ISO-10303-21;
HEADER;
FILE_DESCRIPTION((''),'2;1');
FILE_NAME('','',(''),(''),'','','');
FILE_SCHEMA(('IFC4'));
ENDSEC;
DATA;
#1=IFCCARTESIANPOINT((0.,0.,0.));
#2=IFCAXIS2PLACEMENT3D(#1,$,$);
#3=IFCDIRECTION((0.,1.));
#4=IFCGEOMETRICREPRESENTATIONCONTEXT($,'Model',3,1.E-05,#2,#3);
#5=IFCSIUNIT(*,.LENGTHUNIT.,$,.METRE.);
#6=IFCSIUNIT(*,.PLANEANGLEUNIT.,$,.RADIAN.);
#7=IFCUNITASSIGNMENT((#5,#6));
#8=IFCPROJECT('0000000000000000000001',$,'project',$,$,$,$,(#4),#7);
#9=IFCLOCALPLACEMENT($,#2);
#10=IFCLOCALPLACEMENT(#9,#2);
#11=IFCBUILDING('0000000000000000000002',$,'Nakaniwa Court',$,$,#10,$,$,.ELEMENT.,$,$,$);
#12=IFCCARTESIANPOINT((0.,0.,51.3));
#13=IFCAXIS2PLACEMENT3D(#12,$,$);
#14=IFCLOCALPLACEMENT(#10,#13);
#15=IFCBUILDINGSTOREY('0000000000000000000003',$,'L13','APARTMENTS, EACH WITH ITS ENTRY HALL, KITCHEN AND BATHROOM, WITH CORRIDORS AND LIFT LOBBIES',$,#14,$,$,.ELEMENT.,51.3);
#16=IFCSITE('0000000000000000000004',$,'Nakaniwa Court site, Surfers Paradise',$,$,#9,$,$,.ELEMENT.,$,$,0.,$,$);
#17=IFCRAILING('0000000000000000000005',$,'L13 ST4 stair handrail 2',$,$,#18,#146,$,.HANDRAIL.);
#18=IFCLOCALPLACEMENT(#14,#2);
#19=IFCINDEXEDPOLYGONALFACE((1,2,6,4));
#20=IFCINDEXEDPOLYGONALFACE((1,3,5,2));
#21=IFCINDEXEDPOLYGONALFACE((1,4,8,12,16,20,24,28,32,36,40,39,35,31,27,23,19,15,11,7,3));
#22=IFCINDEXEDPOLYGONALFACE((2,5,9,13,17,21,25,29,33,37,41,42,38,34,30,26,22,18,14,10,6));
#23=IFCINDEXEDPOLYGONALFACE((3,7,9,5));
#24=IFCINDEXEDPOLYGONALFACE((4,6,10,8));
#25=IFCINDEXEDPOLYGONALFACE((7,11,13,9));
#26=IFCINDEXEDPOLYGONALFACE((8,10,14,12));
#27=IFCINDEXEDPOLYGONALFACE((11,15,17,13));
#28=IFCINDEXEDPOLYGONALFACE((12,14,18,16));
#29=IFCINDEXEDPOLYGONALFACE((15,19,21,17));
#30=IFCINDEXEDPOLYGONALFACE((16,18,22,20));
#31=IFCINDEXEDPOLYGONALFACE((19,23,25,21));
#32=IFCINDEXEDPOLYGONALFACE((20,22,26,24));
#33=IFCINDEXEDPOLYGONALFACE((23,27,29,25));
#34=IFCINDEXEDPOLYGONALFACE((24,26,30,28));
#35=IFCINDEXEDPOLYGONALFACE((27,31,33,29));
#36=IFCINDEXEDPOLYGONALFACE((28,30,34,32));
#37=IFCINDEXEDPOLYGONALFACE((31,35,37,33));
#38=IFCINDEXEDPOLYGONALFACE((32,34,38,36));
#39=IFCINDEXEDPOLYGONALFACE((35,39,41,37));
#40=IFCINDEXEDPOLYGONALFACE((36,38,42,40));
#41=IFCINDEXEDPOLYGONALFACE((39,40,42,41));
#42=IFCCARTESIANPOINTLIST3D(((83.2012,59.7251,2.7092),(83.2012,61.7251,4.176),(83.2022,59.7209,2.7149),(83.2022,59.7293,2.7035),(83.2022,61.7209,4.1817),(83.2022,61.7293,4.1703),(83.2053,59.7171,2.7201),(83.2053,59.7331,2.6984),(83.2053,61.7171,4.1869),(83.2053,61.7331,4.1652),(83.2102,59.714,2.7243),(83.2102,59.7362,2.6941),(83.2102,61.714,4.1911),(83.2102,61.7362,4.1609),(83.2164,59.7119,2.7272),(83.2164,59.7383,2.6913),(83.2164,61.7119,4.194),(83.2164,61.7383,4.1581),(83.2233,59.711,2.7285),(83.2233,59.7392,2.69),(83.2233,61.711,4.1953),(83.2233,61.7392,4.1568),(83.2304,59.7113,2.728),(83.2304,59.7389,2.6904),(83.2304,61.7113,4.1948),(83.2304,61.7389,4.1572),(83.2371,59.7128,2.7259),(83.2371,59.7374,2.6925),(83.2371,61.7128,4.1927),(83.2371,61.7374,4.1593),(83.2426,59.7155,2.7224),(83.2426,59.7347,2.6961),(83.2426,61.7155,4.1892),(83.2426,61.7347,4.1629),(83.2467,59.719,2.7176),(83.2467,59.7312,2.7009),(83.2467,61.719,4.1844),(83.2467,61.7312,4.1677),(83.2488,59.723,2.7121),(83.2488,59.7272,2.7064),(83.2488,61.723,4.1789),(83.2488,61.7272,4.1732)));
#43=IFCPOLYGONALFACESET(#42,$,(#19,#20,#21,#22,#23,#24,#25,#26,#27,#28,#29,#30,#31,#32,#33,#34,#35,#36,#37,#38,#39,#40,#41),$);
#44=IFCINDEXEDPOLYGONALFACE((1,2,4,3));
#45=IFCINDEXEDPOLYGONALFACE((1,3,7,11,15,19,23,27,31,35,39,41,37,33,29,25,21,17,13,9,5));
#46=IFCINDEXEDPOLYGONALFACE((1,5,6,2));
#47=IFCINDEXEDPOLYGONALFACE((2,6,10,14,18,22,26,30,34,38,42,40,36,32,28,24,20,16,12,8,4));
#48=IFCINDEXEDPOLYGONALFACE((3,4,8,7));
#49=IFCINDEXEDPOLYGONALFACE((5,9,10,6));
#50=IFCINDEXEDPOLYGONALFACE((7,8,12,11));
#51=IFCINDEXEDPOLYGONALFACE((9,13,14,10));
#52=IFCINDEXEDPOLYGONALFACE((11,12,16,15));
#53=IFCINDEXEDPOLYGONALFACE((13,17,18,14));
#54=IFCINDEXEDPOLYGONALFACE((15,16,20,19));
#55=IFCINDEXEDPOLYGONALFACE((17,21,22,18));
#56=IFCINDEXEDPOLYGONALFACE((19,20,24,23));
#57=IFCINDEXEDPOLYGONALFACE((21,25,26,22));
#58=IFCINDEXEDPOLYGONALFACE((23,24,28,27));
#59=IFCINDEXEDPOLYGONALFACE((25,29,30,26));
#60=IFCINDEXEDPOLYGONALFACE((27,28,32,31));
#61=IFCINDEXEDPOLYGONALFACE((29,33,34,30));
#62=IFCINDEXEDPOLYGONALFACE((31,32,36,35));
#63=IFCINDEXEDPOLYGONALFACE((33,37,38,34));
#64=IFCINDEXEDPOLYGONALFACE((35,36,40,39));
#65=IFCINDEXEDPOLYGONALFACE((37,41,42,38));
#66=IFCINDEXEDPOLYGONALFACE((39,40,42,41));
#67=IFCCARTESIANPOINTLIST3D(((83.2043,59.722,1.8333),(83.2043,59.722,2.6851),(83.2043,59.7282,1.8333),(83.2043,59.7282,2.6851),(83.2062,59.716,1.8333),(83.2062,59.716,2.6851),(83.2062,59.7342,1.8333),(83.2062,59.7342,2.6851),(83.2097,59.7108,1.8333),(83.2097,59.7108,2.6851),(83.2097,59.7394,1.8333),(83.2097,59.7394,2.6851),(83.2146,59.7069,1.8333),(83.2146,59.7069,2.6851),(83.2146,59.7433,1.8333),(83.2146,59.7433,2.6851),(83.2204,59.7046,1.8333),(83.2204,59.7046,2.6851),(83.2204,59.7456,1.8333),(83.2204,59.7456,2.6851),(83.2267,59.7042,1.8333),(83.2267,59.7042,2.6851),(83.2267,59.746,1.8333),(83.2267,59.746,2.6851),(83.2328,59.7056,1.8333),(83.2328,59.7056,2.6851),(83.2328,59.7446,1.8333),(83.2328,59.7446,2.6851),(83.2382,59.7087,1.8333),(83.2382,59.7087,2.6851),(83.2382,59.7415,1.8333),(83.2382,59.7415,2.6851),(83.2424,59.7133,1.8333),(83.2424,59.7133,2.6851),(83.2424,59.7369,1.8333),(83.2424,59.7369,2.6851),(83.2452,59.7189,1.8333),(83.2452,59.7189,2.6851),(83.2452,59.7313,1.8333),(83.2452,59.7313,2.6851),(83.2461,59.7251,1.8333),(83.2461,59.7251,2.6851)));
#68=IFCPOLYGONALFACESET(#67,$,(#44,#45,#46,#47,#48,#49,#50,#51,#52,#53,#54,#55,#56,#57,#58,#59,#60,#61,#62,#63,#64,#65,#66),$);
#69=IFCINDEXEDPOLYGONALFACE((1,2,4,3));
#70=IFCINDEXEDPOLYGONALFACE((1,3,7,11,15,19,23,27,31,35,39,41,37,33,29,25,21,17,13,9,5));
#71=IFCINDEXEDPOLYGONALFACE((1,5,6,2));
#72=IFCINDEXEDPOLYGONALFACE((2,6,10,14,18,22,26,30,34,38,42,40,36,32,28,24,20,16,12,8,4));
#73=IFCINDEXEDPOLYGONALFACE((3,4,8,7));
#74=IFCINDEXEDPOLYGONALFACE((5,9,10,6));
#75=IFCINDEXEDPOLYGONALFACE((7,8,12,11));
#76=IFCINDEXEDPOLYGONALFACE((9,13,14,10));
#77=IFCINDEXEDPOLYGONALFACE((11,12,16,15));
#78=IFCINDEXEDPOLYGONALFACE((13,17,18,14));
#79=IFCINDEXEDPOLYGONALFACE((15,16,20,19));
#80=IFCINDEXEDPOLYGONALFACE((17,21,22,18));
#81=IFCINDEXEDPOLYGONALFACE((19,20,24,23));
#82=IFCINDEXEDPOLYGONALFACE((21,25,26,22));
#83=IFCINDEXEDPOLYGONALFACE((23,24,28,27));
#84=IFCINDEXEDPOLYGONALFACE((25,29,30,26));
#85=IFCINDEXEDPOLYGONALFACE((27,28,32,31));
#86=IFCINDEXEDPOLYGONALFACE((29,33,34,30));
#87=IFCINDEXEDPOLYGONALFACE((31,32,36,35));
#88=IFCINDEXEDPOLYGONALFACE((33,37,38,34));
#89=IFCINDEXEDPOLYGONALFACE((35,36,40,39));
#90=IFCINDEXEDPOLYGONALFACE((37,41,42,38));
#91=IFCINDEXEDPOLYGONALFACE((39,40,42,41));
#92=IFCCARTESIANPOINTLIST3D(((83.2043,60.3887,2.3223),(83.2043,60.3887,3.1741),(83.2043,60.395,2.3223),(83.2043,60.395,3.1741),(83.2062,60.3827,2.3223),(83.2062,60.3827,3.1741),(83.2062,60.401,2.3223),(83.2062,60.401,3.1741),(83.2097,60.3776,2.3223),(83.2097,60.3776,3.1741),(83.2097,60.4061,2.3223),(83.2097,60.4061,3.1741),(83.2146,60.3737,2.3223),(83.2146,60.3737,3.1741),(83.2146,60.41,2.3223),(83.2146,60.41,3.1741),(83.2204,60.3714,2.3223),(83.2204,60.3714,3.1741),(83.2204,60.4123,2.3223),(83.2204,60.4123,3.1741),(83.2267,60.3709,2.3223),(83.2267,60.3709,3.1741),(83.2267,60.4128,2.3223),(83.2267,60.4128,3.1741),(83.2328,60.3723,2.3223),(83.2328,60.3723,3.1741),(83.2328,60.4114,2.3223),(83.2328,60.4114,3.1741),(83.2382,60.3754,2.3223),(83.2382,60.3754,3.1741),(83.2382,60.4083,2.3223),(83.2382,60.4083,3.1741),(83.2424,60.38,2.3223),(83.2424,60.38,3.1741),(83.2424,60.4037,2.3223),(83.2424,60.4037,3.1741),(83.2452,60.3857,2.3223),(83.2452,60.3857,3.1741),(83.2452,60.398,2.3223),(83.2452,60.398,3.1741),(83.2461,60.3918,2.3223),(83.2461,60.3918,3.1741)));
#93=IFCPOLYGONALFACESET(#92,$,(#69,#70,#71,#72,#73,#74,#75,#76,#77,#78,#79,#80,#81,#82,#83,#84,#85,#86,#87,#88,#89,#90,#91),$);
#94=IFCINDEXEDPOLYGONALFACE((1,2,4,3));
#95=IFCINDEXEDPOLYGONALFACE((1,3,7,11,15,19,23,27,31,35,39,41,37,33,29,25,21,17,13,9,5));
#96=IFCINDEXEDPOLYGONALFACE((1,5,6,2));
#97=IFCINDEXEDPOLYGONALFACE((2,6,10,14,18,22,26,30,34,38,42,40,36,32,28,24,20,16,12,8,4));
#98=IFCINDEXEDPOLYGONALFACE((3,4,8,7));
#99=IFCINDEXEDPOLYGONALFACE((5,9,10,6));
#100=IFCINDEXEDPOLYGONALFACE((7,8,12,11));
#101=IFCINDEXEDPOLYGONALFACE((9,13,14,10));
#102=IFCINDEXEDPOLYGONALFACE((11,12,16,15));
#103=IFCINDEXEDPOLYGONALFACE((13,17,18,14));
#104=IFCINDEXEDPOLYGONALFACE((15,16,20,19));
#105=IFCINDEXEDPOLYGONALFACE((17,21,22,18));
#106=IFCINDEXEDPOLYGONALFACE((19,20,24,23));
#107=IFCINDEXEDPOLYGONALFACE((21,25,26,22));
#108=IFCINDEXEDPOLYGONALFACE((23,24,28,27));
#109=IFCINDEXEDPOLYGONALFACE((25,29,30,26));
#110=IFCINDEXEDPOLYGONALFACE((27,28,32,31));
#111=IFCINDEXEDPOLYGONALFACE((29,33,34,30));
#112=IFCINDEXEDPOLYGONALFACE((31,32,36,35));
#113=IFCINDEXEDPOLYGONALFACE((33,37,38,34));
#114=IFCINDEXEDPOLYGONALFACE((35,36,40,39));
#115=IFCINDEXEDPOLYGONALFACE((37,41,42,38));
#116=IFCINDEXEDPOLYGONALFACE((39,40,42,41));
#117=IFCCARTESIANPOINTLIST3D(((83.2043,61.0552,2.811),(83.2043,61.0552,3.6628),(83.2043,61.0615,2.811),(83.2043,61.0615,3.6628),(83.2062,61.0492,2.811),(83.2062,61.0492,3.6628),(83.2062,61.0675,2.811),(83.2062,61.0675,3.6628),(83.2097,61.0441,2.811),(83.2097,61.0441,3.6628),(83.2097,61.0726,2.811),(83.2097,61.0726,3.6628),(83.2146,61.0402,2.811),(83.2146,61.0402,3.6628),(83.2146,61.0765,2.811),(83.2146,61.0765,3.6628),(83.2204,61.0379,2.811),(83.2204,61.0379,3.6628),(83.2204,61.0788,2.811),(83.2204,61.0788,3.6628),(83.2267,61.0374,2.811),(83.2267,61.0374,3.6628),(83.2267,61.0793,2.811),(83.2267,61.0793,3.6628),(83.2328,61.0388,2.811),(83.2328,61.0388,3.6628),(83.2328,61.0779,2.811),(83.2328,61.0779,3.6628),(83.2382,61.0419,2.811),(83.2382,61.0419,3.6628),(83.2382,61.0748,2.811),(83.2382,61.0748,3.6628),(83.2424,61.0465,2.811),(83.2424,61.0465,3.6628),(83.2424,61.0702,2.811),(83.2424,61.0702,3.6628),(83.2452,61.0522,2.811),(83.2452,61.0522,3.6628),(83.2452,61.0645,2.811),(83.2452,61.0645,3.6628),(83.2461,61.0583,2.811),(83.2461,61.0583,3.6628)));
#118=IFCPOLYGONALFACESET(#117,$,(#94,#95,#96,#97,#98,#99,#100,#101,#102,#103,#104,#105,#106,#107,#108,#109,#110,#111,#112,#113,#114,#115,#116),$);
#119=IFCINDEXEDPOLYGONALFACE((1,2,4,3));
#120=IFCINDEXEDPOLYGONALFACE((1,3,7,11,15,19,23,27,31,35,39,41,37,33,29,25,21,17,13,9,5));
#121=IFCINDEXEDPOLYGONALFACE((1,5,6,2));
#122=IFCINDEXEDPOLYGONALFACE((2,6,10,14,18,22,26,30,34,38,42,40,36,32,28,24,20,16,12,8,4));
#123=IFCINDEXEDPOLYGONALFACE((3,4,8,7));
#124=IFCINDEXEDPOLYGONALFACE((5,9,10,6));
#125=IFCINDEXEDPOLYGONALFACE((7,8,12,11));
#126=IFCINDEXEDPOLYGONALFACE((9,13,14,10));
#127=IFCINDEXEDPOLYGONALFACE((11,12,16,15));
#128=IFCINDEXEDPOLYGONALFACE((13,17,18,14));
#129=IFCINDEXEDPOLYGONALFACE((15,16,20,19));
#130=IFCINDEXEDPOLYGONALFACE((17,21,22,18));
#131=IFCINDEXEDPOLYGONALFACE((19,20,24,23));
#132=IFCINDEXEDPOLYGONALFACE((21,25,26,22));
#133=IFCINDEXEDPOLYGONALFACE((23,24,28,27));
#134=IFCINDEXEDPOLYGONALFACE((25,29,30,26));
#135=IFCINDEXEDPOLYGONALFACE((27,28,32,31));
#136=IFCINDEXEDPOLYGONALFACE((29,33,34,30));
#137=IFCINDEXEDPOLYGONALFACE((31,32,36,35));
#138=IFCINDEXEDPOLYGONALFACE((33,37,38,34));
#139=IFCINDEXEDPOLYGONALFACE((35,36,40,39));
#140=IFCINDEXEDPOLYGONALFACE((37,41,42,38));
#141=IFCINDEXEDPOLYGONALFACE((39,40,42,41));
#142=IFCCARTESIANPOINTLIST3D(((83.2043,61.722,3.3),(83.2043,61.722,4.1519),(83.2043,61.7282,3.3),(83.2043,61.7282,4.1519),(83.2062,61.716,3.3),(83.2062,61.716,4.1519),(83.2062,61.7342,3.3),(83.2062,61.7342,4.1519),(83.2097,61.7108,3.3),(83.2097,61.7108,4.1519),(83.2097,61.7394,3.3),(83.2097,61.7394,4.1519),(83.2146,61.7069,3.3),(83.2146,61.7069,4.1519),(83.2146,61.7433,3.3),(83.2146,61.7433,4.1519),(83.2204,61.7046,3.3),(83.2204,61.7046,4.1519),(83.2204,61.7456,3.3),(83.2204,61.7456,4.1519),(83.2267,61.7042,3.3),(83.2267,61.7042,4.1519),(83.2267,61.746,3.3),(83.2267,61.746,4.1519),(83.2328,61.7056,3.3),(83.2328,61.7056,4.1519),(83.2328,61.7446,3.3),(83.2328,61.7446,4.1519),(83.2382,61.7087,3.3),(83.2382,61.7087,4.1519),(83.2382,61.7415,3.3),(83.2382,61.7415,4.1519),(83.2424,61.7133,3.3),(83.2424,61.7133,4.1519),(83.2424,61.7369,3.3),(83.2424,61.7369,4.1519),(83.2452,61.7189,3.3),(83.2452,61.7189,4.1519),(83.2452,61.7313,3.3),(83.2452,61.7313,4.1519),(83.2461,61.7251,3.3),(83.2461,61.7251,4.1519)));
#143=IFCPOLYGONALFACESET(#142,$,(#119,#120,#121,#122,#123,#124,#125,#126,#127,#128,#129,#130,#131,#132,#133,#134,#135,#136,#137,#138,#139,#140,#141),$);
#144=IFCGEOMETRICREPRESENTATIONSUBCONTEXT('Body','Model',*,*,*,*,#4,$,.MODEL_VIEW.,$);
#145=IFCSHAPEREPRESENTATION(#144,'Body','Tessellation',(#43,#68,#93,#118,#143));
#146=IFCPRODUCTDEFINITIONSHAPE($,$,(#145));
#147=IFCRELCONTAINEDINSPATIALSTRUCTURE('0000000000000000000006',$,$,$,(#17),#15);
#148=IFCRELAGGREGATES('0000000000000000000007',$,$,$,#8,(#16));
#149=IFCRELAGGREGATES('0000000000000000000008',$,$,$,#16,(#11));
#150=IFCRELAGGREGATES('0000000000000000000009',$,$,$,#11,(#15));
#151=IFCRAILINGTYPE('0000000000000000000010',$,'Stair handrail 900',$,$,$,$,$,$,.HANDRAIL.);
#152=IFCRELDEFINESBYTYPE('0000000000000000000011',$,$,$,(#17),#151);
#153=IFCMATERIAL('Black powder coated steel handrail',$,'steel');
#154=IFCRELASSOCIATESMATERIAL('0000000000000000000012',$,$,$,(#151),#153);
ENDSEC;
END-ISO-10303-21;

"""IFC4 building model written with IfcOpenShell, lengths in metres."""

from ifc_helpers import new_model, si_unit, direction, frame, origin, origin_2d, place, context, subcontext, project, spatial, circle, extrude, material, type_object, element, save


model = new_model("IFC4")

# Units and contexts
model_context = context("Model", 3, precision=1e-05, world=origin(), true_north=direction((0.0, 1.0)))
body_context = subcontext(model_context, "Body", "Model", "MODEL_VIEW")
ifc_project = project(units=[si_unit("LENGTHUNIT", "METRE"), si_unit("PLANEANGLEUNIT", "RADIAN")], contexts=[model_context])

# Site, building, storey
site_placement = place(None, origin())
site = spatial("IfcSite", under=ifc_project, at=site_placement, Name="Nakaniwa Court site, Surfers Paradise", CompositionType="ELEMENT", RefElevation=0.0)
building_placement = place(site_placement, origin())
building = spatial("IfcBuilding", under=site, at=building_placement, Name="Nakaniwa Court", CompositionType="ELEMENT")
storey_placement = place(building_placement, frame((0.0, 0.0, 51.3)))
storey = spatial("IfcBuildingStorey", under=building, at=storey_placement, Name="L13", Description="APARTMENTS, EACH WITH ITS ENTRY HALL, KITCHEN AND BATHROOM, WITH CORRIDORS AND LIFT LOBBIES", CompositionType="ELEMENT", Elevation=51.3)

# Railing
ifc_material_1 = material(Name="Black powder coated steel handrail", Category="steel")
railing_type_1 = type_object("IfcRailingType", Name="Stair handrail 900", PredefinedType="HANDRAIL", material=ifc_material_1)
railing_1_placement = place(storey_placement, frame((83.2251, 59.7251, 1.8333)))
element("IfcRailing", 1, at=railing_1_placement, inside=storey, type_object=railing_type_1, Name="L13 ST4 stair handrail 2", PredefinedType="HANDRAIL", context=body_context, shape_type="SweptSolid", body=[
    extrude(circle(Radius=0.0239, at=origin_2d()), frame((0.0, 0.0, 0.876), z_axis=(0.0, 0.80638, 0.591398), x_axis=(-1.0, 0.0, 0.0)), (0.0, 0.0, 1.0), 2.4802),
    extrude(circle(Radius=0.021, at=origin_2d()), origin(), (0.0, 0.0, 1.0), 0.8518),
    extrude(circle(Radius=0.021, at=origin_2d()), frame((0.0, 0.6667, 0.489)), (0.0, 0.0, 1.0), 0.8518),
    extrude(circle(Radius=0.021, at=origin_2d()), frame((0.0, 1.3333, 0.9778)), (0.0, 0.0, 1.0), 0.8518),
    extrude(circle(Radius=0.021, at=origin_2d()), frame((0.0, 2.0, 1.4668)), (0.0, 0.0, 1.0), 0.8518),
])

save(model, "model.ifc")
